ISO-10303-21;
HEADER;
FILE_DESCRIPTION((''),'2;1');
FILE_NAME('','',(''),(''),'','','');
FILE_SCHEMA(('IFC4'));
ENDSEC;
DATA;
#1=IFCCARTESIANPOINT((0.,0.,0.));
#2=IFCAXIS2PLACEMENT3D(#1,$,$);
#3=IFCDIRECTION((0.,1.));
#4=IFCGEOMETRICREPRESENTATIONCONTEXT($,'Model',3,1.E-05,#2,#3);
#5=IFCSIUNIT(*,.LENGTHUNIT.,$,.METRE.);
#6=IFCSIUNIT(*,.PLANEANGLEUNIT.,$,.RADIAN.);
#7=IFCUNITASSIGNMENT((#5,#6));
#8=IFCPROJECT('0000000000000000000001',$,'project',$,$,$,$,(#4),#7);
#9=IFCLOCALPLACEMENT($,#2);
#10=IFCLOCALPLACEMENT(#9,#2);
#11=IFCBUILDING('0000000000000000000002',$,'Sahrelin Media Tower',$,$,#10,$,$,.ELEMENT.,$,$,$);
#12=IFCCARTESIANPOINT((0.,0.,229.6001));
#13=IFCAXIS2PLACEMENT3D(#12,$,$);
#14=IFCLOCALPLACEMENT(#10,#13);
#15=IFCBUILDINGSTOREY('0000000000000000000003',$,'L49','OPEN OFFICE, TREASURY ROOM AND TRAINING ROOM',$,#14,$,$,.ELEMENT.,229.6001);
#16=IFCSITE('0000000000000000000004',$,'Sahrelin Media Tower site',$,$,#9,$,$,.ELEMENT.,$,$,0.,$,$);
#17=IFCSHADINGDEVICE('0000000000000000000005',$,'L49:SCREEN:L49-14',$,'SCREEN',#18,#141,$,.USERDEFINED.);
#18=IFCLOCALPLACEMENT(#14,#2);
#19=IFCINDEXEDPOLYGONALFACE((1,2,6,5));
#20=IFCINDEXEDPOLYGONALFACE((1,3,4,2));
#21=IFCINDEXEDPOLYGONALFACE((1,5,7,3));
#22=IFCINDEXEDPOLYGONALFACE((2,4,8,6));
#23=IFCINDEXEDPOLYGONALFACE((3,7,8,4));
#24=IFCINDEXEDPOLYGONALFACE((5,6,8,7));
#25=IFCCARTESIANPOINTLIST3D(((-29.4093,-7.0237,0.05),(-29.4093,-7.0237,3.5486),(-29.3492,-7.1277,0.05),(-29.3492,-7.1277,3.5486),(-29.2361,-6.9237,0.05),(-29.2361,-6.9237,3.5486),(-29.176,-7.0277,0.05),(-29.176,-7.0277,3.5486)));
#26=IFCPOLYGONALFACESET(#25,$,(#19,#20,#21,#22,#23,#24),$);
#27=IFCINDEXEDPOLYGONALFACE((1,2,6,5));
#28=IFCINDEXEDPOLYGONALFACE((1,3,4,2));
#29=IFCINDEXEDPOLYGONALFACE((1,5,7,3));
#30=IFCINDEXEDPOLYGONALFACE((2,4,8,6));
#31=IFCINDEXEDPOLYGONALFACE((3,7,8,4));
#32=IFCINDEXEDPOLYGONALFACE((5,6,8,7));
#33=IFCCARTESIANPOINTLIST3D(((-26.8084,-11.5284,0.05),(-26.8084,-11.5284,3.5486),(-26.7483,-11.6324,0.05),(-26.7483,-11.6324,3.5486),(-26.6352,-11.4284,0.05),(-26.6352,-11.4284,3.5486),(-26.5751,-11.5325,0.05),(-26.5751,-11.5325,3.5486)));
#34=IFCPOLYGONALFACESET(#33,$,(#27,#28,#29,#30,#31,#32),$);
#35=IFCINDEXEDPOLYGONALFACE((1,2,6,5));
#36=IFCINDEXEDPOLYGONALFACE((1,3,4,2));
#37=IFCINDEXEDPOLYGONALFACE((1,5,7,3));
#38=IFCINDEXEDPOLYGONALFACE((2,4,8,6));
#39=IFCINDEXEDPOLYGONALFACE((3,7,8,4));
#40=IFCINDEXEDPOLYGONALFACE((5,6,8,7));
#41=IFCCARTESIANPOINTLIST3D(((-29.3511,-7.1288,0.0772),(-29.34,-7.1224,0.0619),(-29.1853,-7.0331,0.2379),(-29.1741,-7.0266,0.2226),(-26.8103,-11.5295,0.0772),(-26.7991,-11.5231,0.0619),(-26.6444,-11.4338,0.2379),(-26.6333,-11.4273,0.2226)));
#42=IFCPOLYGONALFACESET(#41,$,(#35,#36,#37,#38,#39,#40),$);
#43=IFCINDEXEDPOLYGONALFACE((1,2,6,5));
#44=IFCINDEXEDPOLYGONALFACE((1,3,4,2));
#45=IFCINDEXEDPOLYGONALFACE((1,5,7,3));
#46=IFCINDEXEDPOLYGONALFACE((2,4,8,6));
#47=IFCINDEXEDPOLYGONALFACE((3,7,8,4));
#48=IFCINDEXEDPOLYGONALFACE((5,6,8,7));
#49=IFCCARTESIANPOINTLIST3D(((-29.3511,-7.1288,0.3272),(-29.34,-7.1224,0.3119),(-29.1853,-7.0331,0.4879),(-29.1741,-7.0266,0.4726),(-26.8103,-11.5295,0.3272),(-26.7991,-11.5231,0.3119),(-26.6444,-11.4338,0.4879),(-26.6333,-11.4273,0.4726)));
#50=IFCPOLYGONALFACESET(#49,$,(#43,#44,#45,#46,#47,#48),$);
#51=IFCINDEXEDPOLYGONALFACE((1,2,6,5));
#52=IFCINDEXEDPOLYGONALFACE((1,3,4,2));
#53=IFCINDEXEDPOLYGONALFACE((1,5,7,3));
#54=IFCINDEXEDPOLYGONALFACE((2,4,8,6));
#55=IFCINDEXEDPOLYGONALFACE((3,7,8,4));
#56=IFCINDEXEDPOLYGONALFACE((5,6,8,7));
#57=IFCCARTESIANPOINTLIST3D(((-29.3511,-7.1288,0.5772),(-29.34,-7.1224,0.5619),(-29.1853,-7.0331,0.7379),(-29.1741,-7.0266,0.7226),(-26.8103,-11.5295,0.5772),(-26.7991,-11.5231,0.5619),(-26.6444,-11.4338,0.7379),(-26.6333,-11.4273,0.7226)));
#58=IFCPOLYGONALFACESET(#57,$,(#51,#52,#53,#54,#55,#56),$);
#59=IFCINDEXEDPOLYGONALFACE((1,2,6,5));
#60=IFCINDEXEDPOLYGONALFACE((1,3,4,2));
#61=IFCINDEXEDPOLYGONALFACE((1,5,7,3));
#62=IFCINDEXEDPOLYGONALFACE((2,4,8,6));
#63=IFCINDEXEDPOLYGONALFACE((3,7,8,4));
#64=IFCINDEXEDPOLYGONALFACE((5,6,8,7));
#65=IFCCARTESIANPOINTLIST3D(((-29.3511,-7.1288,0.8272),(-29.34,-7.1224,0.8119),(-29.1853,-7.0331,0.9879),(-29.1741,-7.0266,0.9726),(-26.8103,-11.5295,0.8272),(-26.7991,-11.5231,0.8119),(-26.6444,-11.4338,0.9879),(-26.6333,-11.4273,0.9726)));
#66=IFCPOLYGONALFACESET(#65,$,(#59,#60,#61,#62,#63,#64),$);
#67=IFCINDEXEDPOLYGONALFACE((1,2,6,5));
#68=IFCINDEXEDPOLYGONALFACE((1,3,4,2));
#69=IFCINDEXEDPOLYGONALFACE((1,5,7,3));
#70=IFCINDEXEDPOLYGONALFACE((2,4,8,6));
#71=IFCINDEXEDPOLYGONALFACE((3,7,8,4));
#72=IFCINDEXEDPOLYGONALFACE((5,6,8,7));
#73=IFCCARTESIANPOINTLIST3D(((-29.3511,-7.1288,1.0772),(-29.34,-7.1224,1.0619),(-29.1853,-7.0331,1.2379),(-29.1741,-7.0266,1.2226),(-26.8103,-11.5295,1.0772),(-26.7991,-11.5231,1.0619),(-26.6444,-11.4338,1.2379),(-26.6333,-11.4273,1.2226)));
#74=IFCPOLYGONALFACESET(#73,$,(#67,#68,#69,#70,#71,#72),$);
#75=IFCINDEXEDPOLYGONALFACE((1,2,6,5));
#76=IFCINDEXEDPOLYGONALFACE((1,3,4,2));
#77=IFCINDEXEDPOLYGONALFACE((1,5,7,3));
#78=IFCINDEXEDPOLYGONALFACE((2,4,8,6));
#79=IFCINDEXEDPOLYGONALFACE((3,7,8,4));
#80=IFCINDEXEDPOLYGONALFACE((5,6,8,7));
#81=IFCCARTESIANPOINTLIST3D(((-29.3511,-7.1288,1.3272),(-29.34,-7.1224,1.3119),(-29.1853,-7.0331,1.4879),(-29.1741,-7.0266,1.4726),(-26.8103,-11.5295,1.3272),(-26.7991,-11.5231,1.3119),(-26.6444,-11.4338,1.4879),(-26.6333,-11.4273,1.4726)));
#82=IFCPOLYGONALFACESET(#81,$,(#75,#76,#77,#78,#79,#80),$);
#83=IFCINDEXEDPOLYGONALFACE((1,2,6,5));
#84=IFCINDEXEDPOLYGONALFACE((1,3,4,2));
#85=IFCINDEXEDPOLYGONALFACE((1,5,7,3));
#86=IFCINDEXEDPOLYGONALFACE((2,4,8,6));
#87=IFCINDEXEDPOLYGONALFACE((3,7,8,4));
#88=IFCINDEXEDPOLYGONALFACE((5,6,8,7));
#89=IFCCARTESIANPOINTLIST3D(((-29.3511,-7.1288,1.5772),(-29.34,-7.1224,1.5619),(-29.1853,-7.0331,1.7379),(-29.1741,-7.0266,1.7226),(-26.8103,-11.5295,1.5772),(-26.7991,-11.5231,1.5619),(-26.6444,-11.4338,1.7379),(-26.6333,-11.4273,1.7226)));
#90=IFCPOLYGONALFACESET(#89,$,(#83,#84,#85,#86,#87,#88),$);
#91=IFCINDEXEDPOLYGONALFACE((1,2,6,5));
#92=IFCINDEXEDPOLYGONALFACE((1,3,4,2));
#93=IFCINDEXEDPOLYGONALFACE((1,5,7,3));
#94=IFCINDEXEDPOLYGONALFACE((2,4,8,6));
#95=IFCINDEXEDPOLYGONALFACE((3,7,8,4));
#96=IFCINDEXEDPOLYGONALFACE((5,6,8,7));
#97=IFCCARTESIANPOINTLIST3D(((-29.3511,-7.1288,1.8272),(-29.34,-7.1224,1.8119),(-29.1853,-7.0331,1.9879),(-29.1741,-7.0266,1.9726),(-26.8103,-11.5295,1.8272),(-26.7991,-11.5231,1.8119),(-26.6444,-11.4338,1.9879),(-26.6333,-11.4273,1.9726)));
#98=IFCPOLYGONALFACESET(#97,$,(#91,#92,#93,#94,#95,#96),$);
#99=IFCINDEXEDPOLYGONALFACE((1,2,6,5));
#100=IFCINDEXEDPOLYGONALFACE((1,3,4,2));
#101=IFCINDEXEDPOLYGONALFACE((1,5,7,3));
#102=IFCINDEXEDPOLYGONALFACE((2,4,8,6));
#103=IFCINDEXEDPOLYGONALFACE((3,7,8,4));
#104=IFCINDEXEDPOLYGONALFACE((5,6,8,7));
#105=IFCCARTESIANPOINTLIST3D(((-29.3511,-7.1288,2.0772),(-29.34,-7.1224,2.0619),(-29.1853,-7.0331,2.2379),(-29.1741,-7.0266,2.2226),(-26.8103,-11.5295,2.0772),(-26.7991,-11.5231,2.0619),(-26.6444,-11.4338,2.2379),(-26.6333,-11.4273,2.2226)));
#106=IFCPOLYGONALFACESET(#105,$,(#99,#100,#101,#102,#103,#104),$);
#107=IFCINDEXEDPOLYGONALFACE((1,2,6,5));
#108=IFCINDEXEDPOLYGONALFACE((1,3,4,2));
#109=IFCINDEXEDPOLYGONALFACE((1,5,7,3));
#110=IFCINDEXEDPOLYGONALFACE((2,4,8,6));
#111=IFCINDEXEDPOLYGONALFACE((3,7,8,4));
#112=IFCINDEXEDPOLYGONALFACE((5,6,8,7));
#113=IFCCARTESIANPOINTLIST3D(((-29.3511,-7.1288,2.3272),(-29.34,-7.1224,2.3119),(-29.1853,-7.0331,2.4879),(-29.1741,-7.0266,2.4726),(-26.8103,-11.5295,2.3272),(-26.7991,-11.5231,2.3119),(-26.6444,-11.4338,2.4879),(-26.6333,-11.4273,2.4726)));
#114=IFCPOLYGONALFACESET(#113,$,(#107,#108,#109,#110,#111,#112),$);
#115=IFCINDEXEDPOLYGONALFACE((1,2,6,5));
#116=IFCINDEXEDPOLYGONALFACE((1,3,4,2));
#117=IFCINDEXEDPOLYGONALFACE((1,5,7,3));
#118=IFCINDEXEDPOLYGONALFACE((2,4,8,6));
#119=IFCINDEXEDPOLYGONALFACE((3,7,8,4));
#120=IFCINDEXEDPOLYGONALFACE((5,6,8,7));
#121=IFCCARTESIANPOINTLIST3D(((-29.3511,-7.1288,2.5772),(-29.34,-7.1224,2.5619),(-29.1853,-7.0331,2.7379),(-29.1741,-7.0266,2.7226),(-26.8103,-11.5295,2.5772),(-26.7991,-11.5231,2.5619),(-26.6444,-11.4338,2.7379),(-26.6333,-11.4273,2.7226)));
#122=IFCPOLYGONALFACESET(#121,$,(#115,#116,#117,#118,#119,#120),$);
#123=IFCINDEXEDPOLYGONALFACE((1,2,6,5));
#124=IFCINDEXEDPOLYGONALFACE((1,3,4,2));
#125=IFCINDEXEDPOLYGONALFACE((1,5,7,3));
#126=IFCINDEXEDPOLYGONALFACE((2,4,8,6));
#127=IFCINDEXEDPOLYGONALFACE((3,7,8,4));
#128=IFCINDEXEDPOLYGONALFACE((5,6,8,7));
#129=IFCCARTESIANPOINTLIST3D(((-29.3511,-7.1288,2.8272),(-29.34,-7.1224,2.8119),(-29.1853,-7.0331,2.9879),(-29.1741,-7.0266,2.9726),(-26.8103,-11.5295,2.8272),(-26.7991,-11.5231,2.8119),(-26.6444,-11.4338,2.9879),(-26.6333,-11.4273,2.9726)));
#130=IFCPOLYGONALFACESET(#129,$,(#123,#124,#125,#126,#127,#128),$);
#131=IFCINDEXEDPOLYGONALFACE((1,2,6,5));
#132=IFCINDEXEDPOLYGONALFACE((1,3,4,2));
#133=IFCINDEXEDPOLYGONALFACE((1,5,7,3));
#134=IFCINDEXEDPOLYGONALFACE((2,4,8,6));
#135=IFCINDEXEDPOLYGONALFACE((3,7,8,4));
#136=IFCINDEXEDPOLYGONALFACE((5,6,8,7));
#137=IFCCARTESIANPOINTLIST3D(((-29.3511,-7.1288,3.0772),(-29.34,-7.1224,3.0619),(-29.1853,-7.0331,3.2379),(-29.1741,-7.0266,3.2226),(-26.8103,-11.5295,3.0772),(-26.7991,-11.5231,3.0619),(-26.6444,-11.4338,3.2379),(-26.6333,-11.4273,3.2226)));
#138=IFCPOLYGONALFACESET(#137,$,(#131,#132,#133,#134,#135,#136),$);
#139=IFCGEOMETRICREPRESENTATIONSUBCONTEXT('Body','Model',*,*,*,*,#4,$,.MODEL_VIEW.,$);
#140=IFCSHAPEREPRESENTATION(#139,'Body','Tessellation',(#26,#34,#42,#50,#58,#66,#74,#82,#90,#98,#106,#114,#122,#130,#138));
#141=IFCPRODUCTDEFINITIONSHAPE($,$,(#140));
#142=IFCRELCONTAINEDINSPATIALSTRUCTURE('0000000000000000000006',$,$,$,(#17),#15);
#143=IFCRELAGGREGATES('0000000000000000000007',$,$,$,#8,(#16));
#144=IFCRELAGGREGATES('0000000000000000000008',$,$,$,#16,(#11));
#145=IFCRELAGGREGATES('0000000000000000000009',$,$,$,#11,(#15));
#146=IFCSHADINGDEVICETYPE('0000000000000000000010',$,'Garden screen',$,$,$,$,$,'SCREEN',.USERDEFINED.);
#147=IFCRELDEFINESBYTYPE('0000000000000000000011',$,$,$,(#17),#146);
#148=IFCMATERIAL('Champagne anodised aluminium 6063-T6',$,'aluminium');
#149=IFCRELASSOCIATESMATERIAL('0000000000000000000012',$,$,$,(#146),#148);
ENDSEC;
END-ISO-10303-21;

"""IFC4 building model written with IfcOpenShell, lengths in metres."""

from ifc_helpers import new_model, si_unit, direction, frame, origin, origin_2d, place, context, subcontext, project, spatial, rectangle, extrude, material, type_object, element, save


model = new_model("IFC4")

# Units and contexts
model_context = context("Model", 3, precision=1e-05, world=origin(), true_north=direction((0.0, 1.0)))
body_context = subcontext(model_context, "Body", "Model", "MODEL_VIEW")
ifc_project = project(units=[si_unit("LENGTHUNIT", "METRE"), si_unit("PLANEANGLEUNIT", "RADIAN")], contexts=[model_context])

# Site, building, storey
site_placement = place(None, origin())
site = spatial("IfcSite", under=ifc_project, at=site_placement, Name="Sahrelin Media Tower site", CompositionType="ELEMENT", RefElevation=0.0)
building_placement = place(site_placement, origin())
building = spatial("IfcBuilding", under=site, at=building_placement, Name="Sahrelin Media Tower", CompositionType="ELEMENT")
storey_placement = place(building_placement, frame((0.0, 0.0, 229.6001)))
storey = spatial("IfcBuildingStorey", under=building, at=storey_placement, Name="L49", Description="OPEN OFFICE, TREASURY ROOM AND TRAINING ROOM", CompositionType="ELEMENT", Elevation=229.6001)

# Shading device
ifc_material_1 = material(Name="Champagne anodised aluminium 6063-T6", Category="aluminium")
shading_device_type = type_object("IfcShadingDeviceType", Name="Garden screen", ElementType="SCREEN", PredefinedType="USERDEFINED", material=ifc_material_1)
shading_device_1_placement = place(storey_placement, frame((-27.9055, -9.228, 0.0), z_axis=(0.0, 0.0, 1.0), x_axis=(-0.500011, 0.866019, 0.0)))
element("IfcShadingDevice", 1, at=shading_device_1_placement, inside=storey, type_object=shading_device_type, Name="L49:SCREEN:L49-14", ObjectType="SCREEN", PredefinedType="USERDEFINED", context=body_context, shape_type="SweptSolid", body=[
    extrude(rectangle(XDim=0.1201, YDim=0.2, at=origin_2d()), frame((2.6008, 0.1001, 0.05), z_axis=(0.0, 0.0, 1.0), x_axis=(1.0, 0.0, 0.0)), (0.0, 0.0, 1.0), 3.4985),
    extrude(rectangle(XDim=0.1201, YDim=0.2, at=origin_2d()), frame((-2.6008, 0.1001, 0.05), z_axis=(0.0, 0.0, 1.0), x_axis=(1.0, 0.0, 0.0)), (0.0, 0.0, 1.0), 3.4985),
    extrude(rectangle(XDim=0.25, YDim=0.02, at=origin_2d()), frame((2.5408, 0.1001, 0.1499), z_axis=(-1.0, 0.0, 0.0), x_axis=(0.0, -0.766044, 0.642788)), (0.0, 0.0, 1.0), 5.0815),
    extrude(rectangle(XDim=0.25, YDim=0.02, at=origin_2d()), frame((2.5408, 0.1001, 0.3999), z_axis=(-1.0, 0.0, 0.0), x_axis=(0.0, -0.766044, 0.642788)), (0.0, 0.0, 1.0), 5.0815),
    extrude(rectangle(XDim=0.25, YDim=0.02, at=origin_2d()), frame((2.5408, 0.1001, 0.6499), z_axis=(-1.0, 0.0, 0.0), x_axis=(0.0, -0.766044, 0.642788)), (0.0, 0.0, 1.0), 5.0815),
    extrude(rectangle(XDim=0.25, YDim=0.02, at=origin_2d()), frame((2.5408, 0.1001, 0.8999), z_axis=(-1.0, 0.0, 0.0), x_axis=(0.0, -0.766044, 0.642788)), (0.0, 0.0, 1.0), 5.0815),
    extrude(rectangle(XDim=0.25, YDim=0.02, at=origin_2d()), frame((2.5408, 0.1001, 1.1499), z_axis=(-1.0, 0.0, 0.0), x_axis=(0.0, -0.766044, 0.642788)), (0.0, 0.0, 1.0), 5.0815),
    extrude(rectangle(XDim=0.25, YDim=0.02, at=origin_2d()), frame((2.5408, 0.1001, 1.3999), z_axis=(-1.0, 0.0, 0.0), x_axis=(0.0, -0.766044, 0.642788)), (0.0, 0.0, 1.0), 5.0815),
    extrude(rectangle(XDim=0.25, YDim=0.02, at=origin_2d()), frame((2.5408, 0.1001, 1.6499), z_axis=(-1.0, 0.0, 0.0), x_axis=(0.0, -0.766044, 0.642788)), (0.0, 0.0, 1.0), 5.0815),
    extrude(rectangle(XDim=0.25, YDim=0.02, at=origin_2d()), frame((2.5408, 0.1001, 1.8999), z_axis=(-1.0, 0.0, 0.0), x_axis=(0.0, -0.766044, 0.642788)), (0.0, 0.0, 1.0), 5.0815),
    extrude(rectangle(XDim=0.25, YDim=0.02, at=origin_2d()), frame((2.5408, 0.1001, 2.1499), z_axis=(-1.0, 0.0, 0.0), x_axis=(0.0, -0.766044, 0.642788)), (0.0, 0.0, 1.0), 5.0815),
    extrude(rectangle(XDim=0.25, YDim=0.02, at=origin_2d()), frame((2.5408, 0.1001, 2.3999), z_axis=(-1.0, 0.0, 0.0), x_axis=(0.0, -0.766044, 0.642788)), (0.0, 0.0, 1.0), 5.0815),
    extrude(rectangle(XDim=0.25, YDim=0.02, at=origin_2d()), frame((2.5408, 0.1001, 2.6499), z_axis=(-1.0, 0.0, 0.0), x_axis=(0.0, -0.766044, 0.642788)), (0.0, 0.0, 1.0), 5.0815),
    extrude(rectangle(XDim=0.25, YDim=0.02, at=origin_2d()), frame((2.5408, 0.1001, 2.8999), z_axis=(-1.0, 0.0, 0.0), x_axis=(0.0, -0.766044, 0.642788)), (0.0, 0.0, 1.0), 5.0815),
    extrude(rectangle(XDim=0.25, YDim=0.02, at=origin_2d()), frame((2.5408, 0.1001, 3.1499), z_axis=(-1.0, 0.0, 0.0), x_axis=(0.0, -0.766044, 0.642788)), (0.0, 0.0, 1.0), 5.0815),
])

save(model, "model.ifc")
